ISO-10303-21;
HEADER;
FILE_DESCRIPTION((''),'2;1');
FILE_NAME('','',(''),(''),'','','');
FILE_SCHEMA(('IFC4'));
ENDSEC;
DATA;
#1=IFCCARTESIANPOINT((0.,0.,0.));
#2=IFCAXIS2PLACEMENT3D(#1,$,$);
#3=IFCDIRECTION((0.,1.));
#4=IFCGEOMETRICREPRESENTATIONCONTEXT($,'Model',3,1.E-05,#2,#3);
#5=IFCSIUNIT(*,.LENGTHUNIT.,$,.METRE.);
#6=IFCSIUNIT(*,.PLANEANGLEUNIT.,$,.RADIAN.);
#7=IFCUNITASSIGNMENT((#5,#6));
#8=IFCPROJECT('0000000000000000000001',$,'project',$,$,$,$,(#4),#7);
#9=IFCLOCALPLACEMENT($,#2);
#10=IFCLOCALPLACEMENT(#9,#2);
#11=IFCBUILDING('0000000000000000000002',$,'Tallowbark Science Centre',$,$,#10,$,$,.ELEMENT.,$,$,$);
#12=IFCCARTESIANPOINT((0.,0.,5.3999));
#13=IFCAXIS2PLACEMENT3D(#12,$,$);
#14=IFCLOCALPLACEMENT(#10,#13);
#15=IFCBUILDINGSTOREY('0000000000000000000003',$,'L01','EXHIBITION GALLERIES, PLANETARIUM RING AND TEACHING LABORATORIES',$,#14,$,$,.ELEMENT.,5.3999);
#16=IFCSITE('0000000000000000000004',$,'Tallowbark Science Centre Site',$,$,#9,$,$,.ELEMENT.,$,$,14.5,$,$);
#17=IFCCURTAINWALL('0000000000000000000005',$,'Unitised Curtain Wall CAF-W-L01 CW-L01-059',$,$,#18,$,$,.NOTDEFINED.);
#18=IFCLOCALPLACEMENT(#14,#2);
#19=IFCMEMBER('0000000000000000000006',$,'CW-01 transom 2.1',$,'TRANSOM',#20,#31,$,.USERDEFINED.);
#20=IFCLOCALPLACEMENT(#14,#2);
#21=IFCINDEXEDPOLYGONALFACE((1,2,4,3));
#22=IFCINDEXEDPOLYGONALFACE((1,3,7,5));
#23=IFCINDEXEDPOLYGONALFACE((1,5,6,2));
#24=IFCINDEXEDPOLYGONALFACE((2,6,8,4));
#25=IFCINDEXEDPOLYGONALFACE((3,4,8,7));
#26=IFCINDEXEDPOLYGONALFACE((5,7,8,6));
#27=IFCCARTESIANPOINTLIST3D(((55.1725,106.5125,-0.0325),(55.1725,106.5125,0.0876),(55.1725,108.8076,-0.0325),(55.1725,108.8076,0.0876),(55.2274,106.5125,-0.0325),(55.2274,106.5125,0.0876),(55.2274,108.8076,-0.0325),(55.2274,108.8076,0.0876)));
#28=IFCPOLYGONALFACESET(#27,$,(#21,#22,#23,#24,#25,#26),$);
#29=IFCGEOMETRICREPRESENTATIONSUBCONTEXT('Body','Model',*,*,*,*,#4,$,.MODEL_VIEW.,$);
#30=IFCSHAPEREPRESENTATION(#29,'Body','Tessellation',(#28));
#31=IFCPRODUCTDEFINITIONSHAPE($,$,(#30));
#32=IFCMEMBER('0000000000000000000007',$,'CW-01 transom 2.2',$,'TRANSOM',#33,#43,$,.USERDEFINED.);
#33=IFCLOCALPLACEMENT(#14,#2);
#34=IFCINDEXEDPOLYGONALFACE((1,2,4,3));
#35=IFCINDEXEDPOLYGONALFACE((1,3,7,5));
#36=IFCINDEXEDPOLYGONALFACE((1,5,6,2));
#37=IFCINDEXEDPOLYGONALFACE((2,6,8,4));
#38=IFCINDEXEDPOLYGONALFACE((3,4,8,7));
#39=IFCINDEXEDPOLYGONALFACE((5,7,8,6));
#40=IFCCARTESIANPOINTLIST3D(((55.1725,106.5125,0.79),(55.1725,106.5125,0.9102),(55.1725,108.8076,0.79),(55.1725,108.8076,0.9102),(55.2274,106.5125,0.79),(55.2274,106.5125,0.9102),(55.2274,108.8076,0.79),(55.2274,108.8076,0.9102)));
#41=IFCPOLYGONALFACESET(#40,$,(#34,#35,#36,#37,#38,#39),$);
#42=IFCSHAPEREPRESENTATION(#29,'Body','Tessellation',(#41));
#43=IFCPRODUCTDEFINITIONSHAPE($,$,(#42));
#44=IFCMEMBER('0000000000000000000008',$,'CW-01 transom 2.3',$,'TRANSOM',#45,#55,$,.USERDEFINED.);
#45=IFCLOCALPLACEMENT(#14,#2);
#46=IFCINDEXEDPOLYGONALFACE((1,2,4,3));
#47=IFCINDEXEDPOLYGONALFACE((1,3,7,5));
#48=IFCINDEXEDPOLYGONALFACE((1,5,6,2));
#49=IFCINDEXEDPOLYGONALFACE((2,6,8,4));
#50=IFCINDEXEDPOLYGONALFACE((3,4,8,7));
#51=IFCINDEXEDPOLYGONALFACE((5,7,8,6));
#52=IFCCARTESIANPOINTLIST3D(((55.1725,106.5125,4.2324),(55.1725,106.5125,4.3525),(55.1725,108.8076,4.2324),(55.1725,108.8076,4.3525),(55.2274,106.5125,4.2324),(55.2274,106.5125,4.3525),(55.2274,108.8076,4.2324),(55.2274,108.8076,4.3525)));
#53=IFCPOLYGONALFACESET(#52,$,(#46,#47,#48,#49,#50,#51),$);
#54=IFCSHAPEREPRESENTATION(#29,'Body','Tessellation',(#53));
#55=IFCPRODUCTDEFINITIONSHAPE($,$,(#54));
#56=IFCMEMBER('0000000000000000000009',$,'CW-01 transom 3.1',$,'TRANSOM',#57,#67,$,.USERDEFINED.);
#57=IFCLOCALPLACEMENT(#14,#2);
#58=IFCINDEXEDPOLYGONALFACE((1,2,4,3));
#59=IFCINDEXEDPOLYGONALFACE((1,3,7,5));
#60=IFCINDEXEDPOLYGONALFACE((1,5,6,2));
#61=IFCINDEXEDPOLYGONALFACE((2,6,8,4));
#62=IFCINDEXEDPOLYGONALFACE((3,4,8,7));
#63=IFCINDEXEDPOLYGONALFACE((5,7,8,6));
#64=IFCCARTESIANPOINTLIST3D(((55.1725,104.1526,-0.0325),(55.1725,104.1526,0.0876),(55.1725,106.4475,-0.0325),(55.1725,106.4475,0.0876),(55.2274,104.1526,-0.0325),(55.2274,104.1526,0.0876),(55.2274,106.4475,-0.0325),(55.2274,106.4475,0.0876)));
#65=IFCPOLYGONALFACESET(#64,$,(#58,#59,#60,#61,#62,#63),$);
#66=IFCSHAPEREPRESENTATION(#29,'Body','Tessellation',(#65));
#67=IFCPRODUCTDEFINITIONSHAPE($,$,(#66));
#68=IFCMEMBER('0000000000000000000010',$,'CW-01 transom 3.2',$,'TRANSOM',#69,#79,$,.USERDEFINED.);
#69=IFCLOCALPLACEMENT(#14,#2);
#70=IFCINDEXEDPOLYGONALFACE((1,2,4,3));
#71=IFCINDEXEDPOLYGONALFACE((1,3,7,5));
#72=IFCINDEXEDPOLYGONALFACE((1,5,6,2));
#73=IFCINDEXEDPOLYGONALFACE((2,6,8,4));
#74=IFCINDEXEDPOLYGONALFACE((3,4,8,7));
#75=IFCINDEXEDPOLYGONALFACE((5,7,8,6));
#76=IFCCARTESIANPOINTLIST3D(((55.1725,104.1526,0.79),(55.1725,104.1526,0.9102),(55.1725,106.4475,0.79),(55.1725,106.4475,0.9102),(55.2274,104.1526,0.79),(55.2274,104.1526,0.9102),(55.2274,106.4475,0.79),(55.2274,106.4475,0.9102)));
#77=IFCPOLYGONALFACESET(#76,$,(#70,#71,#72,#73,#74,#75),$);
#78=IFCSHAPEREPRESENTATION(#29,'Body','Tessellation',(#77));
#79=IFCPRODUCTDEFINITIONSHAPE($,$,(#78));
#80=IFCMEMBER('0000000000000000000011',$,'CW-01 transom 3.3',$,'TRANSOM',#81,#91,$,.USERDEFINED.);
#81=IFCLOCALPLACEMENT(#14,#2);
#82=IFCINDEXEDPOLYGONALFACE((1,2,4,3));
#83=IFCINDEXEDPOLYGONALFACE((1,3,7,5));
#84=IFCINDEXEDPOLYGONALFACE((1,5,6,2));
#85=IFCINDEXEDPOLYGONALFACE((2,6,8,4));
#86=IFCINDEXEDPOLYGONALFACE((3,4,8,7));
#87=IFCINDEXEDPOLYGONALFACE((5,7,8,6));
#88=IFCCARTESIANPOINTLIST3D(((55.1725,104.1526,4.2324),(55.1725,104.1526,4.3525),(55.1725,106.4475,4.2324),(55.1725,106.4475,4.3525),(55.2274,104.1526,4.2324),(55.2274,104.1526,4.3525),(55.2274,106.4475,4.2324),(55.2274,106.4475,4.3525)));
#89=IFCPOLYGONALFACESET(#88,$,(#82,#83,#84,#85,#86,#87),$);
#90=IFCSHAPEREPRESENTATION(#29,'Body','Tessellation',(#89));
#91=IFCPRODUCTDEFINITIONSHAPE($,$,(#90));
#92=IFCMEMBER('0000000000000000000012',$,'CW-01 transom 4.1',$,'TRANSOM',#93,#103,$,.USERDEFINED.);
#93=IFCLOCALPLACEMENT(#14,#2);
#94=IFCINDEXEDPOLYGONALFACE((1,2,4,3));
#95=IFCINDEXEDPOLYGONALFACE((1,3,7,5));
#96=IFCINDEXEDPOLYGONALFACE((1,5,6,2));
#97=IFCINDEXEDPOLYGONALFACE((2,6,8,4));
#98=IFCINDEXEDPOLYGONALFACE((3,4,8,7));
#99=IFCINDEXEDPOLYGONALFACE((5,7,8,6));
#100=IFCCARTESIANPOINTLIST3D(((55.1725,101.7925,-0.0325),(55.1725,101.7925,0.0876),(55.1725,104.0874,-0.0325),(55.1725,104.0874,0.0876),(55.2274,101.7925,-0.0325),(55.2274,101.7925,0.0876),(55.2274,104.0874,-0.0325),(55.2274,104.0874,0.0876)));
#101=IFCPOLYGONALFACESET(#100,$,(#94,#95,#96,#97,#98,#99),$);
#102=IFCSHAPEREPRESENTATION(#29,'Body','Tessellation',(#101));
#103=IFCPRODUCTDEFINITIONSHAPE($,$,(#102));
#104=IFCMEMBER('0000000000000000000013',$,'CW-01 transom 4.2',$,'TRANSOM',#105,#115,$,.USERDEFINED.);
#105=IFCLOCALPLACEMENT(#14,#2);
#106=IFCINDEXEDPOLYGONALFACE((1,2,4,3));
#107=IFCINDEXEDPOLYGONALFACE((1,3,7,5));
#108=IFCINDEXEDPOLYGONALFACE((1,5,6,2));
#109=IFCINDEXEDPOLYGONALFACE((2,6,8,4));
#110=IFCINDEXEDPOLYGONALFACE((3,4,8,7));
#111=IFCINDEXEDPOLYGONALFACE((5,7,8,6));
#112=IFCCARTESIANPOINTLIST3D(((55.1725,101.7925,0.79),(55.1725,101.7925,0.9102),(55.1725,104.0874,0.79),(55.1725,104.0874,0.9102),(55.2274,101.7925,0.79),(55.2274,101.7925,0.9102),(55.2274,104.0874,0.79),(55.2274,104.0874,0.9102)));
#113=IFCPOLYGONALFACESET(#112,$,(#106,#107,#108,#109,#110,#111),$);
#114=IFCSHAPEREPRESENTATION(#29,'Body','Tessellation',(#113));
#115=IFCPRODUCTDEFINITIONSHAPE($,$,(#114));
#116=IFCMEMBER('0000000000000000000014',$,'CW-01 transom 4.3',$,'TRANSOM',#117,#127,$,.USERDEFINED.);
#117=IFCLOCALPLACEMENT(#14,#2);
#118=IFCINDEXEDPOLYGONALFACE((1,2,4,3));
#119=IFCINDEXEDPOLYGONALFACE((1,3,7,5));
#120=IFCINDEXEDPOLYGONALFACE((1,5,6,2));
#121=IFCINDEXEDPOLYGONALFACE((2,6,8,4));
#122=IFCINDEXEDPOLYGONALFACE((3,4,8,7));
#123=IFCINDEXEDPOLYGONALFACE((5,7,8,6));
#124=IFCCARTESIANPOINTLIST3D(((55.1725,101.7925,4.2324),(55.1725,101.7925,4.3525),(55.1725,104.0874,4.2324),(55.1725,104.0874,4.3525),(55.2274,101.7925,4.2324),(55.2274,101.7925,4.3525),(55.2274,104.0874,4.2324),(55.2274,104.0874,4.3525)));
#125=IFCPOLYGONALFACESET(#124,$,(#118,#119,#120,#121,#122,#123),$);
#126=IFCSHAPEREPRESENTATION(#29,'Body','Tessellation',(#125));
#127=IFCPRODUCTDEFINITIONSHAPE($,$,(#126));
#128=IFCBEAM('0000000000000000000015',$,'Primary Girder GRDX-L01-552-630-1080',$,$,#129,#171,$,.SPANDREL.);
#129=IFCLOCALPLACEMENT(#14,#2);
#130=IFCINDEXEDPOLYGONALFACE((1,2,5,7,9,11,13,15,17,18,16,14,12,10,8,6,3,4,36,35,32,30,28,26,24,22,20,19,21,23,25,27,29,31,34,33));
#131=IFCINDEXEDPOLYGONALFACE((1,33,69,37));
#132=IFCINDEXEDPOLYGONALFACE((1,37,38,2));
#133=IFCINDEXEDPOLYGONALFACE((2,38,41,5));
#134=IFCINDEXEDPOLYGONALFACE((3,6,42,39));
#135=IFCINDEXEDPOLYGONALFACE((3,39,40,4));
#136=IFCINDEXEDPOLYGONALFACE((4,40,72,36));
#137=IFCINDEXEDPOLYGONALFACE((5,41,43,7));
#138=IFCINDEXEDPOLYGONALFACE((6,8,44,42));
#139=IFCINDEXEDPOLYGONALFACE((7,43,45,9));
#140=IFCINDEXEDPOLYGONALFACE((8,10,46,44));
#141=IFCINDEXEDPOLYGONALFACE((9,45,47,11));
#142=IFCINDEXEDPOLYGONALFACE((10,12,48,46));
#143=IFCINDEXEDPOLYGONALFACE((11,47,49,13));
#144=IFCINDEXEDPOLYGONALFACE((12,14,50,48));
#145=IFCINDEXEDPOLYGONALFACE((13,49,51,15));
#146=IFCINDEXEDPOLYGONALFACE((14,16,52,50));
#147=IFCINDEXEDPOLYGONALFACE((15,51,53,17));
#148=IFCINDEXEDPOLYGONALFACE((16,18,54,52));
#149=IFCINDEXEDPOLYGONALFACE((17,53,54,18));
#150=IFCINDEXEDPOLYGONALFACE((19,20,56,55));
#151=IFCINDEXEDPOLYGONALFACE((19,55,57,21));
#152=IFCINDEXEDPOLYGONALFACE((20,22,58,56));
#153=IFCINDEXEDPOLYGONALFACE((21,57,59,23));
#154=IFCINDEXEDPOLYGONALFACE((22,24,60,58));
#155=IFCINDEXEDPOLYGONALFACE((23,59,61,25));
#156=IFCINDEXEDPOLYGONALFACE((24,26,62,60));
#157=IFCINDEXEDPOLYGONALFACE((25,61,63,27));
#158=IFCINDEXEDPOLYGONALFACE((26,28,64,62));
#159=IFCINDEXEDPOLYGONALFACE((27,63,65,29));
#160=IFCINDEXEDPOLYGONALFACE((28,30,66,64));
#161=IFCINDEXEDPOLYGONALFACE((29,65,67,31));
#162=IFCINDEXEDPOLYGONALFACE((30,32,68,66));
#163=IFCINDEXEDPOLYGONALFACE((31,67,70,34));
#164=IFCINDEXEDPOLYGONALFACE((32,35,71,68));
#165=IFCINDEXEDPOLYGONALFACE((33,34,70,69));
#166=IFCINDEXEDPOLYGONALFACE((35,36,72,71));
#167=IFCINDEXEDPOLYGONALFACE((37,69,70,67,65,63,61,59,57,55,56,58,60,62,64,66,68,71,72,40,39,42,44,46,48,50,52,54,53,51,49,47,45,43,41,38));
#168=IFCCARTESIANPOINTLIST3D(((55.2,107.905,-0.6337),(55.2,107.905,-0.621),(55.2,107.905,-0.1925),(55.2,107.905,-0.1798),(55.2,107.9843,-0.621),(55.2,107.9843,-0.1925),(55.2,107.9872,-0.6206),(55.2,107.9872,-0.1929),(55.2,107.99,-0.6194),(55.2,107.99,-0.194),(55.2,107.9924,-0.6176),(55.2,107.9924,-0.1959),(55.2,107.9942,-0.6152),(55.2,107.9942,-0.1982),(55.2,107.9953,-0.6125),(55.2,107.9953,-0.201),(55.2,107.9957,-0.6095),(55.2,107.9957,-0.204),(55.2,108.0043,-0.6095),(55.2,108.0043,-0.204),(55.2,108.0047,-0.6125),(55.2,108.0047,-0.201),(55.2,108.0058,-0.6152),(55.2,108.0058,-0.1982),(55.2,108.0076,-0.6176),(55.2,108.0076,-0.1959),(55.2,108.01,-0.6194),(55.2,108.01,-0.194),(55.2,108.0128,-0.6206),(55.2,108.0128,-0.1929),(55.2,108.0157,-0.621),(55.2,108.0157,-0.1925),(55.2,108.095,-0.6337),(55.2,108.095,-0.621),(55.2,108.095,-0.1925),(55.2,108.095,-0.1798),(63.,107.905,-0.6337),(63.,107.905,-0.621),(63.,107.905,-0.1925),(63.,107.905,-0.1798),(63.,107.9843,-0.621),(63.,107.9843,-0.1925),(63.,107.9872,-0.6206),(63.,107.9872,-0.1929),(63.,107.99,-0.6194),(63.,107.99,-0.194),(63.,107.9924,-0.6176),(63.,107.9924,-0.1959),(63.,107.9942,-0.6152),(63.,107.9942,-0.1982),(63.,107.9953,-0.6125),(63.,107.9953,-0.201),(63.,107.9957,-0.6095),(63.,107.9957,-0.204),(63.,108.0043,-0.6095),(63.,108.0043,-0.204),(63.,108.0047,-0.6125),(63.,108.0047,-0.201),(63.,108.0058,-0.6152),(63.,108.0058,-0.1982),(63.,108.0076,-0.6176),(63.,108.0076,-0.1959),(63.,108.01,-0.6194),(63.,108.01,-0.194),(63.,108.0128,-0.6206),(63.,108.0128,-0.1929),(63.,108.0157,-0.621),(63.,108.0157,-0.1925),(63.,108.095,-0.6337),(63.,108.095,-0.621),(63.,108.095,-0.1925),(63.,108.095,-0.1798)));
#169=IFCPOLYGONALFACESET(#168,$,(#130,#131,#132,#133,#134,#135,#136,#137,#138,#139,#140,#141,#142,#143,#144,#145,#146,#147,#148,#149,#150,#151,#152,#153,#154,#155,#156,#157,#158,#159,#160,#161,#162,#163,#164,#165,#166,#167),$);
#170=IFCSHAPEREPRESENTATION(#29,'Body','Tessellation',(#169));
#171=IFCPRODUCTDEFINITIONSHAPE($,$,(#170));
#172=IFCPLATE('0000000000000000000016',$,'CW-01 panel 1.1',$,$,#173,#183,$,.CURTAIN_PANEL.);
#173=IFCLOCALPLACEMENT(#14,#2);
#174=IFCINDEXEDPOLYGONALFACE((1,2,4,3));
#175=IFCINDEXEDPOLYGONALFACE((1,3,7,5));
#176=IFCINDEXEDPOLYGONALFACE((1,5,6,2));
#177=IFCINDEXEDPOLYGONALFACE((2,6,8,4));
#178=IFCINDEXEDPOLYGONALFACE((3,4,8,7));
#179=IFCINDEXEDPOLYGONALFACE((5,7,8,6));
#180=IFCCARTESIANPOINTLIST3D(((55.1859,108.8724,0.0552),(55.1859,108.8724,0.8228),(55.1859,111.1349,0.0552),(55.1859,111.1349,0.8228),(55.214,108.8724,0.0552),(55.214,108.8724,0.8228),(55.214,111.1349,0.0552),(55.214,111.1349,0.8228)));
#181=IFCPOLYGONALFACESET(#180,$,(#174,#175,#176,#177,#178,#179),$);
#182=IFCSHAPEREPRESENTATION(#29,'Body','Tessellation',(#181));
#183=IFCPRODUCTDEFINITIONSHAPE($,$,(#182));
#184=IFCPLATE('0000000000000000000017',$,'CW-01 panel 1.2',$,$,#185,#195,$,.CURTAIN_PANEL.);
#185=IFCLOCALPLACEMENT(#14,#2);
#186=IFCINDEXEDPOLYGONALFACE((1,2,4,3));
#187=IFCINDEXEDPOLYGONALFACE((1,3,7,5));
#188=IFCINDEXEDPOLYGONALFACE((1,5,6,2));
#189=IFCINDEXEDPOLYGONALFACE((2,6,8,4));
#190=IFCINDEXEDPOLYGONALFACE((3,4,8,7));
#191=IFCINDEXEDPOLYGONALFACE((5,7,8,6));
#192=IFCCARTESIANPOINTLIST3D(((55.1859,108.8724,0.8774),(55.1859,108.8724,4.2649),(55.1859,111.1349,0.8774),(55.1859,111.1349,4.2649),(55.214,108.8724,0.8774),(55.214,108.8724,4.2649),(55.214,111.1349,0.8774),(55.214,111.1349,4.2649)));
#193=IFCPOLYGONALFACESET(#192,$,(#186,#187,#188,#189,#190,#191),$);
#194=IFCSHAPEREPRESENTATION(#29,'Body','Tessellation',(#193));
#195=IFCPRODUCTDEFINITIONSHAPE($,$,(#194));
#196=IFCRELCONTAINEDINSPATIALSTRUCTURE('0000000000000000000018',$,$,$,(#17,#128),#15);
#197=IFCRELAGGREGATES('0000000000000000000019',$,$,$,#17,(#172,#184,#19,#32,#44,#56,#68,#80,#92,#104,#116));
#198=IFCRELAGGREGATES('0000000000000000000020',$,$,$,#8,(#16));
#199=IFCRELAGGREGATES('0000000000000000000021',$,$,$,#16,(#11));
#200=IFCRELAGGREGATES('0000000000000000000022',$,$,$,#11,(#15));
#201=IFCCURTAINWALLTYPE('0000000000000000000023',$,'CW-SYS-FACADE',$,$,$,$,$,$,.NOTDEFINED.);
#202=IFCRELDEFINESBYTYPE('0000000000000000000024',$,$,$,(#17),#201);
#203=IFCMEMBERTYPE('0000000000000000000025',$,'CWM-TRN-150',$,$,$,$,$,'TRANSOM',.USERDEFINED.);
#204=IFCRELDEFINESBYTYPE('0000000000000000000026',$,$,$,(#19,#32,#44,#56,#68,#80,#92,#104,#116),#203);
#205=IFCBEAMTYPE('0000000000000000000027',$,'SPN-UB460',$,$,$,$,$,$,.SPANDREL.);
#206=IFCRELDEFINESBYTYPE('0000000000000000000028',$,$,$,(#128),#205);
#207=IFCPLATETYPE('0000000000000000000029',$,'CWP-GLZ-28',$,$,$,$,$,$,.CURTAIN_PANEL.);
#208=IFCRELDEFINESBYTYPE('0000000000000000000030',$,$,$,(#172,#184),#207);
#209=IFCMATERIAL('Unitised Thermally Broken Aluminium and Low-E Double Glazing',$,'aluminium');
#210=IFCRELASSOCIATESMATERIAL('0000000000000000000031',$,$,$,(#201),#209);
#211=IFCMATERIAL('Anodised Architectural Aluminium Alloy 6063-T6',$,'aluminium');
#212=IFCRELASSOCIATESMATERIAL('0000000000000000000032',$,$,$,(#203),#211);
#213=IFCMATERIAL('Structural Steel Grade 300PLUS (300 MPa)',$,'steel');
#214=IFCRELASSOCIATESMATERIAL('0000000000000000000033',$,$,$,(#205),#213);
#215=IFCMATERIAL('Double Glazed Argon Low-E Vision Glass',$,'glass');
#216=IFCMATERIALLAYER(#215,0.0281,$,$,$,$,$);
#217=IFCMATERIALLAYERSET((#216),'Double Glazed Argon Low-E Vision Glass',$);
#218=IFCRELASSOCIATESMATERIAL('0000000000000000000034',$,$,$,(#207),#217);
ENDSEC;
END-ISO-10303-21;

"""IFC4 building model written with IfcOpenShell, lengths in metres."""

from ifc_helpers import new_model, si_unit, direction, frame, origin, origin_2d, place, context, subcontext, project, spatial, rectangle, i_section, extrude, material, layer, layer_set, material_profile, profile_set, type_object, element, aggregate, save


model = new_model("IFC4")

# Units and contexts
model_context = context("Model", 3, precision=1e-05, world=origin(), true_north=direction((0.0, 1.0)))
body_context = subcontext(model_context, "Body", "Model", "MODEL_VIEW")
ifc_project = project(units=[si_unit("LENGTHUNIT", "METRE"), si_unit("PLANEANGLEUNIT", "RADIAN")], contexts=[model_context])

# Site, building, storey
site_placement = place(None, origin())
site = spatial("IfcSite", under=ifc_project, at=site_placement, Name="Tallowbark Science Centre Site", CompositionType="ELEMENT", RefElevation=14.5)
building_placement = place(site_placement, origin())
building = spatial("IfcBuilding", under=site, at=building_placement, Name="Tallowbark Science Centre", CompositionType="ELEMENT")
storey_placement = place(building_placement, frame((0.0, 0.0, 5.3999)))
storey = spatial("IfcBuildingStorey", under=building, at=storey_placement, Name="L01", Description="EXHIBITION GALLERIES, PLANETARIUM RING AND TEACHING LABORATORIES", CompositionType="ELEMENT", Elevation=5.3999)

# Shared definitions
ifc_material_1 = material(Name="Structural Steel Grade 300PLUS (300 MPa)", Category="steel")

# Curtain wall, members
ifc_material_2 = material(Name="Unitised Thermally Broken Aluminium and Low-E Double Glazing", Category="aluminium")
curtain_wall_type = type_object("IfcCurtainWallType", Name="CW-SYS-FACADE", PredefinedType="NOTDEFINED", material=ifc_material_2)
curtain_wall_placement = place(storey_placement, origin())
curtain_wall = element("IfcCurtainWall", 1, at=curtain_wall_placement, inside=storey, type_object=curtain_wall_type, Name="Unitised Curtain Wall CAF-W-L01 CW-L01-059", PredefinedType="NOTDEFINED")
ifc_material_3 = material(Name="Anodised Architectural Aluminium Alloy 6063-T6", Category="aluminium")
ifc_material_profile_1 = material_profile(ifc_material_3, rectangle(XDim=0.0549, YDim=0.1201, at=origin_2d()), Name="ALU55x120")
ifc_profile_set_1 = profile_set([ifc_material_profile_1], Name="Anodised Architectural Aluminium Alloy 6063-T6")
member_type_1 = type_object("IfcMemberType", Name="CWM-TRN-150", ElementType="TRANSOM", PredefinedType="USERDEFINED", material=ifc_profile_set_1)
member_1_placement = place(storey_placement, frame((55.2, 108.8076, 0.0276), z_axis=(0.0, -1.0, 0.0), x_axis=(1.0, 0.0, 0.0)))
member_1 = element("IfcMember", 2, at=member_1_placement, type_object=member_type_1, Name="CW-01 transom 2.1", ObjectType="TRANSOM", PredefinedType="USERDEFINED", context=body_context, shape_type="SweptSolid", body=[
    extrude(rectangle(XDim=0.0549, YDim=0.1201, at=origin_2d()), origin(), (0.0, 0.0, 1.0), 2.2952),
])
member_2_placement = place(storey_placement, frame((55.2, 108.8076, 0.8501), z_axis=(0.0, -1.0, 0.0), x_axis=(1.0, 0.0, 0.0)))
member_2 = element("IfcMember", 3, at=member_2_placement, type_object=member_type_1, Name="CW-01 transom 2.2", ObjectType="TRANSOM", PredefinedType="USERDEFINED", context=body_context, shape_type="SweptSolid", body=[
    extrude(rectangle(XDim=0.0549, YDim=0.1201, at=origin_2d()), origin(), (0.0, 0.0, 1.0), 2.2952),
])
member_3_placement = place(storey_placement, frame((55.2, 108.8076, 4.2925), z_axis=(0.0, -1.0, 0.0), x_axis=(1.0, 0.0, 0.0)))
member_3 = element("IfcMember", 4, at=member_3_placement, type_object=member_type_1, Name="CW-01 transom 2.3", ObjectType="TRANSOM", PredefinedType="USERDEFINED", context=body_context, shape_type="SweptSolid", body=[
    extrude(rectangle(XDim=0.0549, YDim=0.1201, at=origin_2d()), origin(), (0.0, 0.0, 1.0), 2.2952),
])
member_4_placement = place(storey_placement, frame((55.2, 106.4475, 0.0276), z_axis=(0.0, -1.0, 0.0), x_axis=(1.0, 0.0, 0.0)))
member_4 = element("IfcMember", 5, at=member_4_placement, type_object=member_type_1, Name="CW-01 transom 3.1", ObjectType="TRANSOM", PredefinedType="USERDEFINED", context=body_context, shape_type="SweptSolid", body=[
    extrude(rectangle(XDim=0.0549, YDim=0.1201, at=origin_2d()), origin(), (0.0, 0.0, 1.0), 2.2949),
])
member_5_placement = place(storey_placement, frame((55.2, 106.4475, 0.8501), z_axis=(0.0, -1.0, 0.0), x_axis=(1.0, 0.0, 0.0)))
member_5 = element("IfcMember", 6, at=member_5_placement, type_object=member_type_1, Name="CW-01 transom 3.2", ObjectType="TRANSOM", PredefinedType="USERDEFINED", context=body_context, shape_type="SweptSolid", body=[
    extrude(rectangle(XDim=0.0549, YDim=0.1201, at=origin_2d()), origin(), (0.0, 0.0, 1.0), 2.2949),
])
member_6_placement = place(storey_placement, frame((55.2, 106.4475, 4.2925), z_axis=(0.0, -1.0, 0.0), x_axis=(1.0, 0.0, 0.0)))
member_6 = element("IfcMember", 7, at=member_6_placement, type_object=member_type_1, Name="CW-01 transom 3.3", ObjectType="TRANSOM", PredefinedType="USERDEFINED", context=body_context, shape_type="SweptSolid", body=[
    extrude(rectangle(XDim=0.0549, YDim=0.1201, at=origin_2d()), origin(), (0.0, 0.0, 1.0), 2.2949),
])
member_7_placement = place(storey_placement, frame((55.2, 104.0874, 0.0276), z_axis=(0.0, -1.0, 0.0), x_axis=(1.0, 0.0, 0.0)))
member_7 = element("IfcMember", 8, at=member_7_placement, type_object=member_type_1, Name="CW-01 transom 4.1", ObjectType="TRANSOM", PredefinedType="USERDEFINED", context=body_context, shape_type="SweptSolid", body=[
    extrude(rectangle(XDim=0.0549, YDim=0.1201, at=origin_2d()), origin(), (0.0, 0.0, 1.0), 2.2949),
])
member_8_placement = place(storey_placement, frame((55.2, 104.0874, 0.8501), z_axis=(0.0, -1.0, 0.0), x_axis=(1.0, 0.0, 0.0)))
member_8 = element("IfcMember", 9, at=member_8_placement, type_object=member_type_1, Name="CW-01 transom 4.2", ObjectType="TRANSOM", PredefinedType="USERDEFINED", context=body_context, shape_type="SweptSolid", body=[
    extrude(rectangle(XDim=0.0549, YDim=0.1201, at=origin_2d()), origin(), (0.0, 0.0, 1.0), 2.2949),
])
member_9_placement = place(storey_placement, frame((55.2, 104.0874, 4.2925), z_axis=(0.0, -1.0, 0.0), x_axis=(1.0, 0.0, 0.0)))
member_9 = element("IfcMember", 10, at=member_9_placement, type_object=member_type_1, Name="CW-01 transom 4.3", ObjectType="TRANSOM", PredefinedType="USERDEFINED", context=body_context, shape_type="SweptSolid", body=[
    extrude(rectangle(XDim=0.0549, YDim=0.1201, at=origin_2d()), origin(), (0.0, 0.0, 1.0), 2.2949),
])

# Beam
ifc_material_profile_2 = material_profile(ifc_material_1, i_section(OverallWidth=0.1899, OverallDepth=0.4539, WebThickness=0.0085, FlangeThickness=0.0127, FilletRadius=0.0115, at=origin_2d()), Name="460UB67.1")
ifc_profile_set_2 = profile_set([ifc_material_profile_2], Name="Structural Steel Grade 300PLUS (300 MPa)")
beam_type_1 = type_object("IfcBeamType", Name="SPN-UB460", PredefinedType="SPANDREL", material=ifc_profile_set_2)
beam_1_placement = place(storey_placement, frame((55.2, 108.0, -0.4067), z_axis=(1.0, 0.0, 0.0), x_axis=(0.0, 1.0, 0.0)))
element("IfcBeam", 11, at=beam_1_placement, inside=storey, type_object=beam_type_1, Name="Primary Girder GRDX-L01-552-630-1080", PredefinedType="SPANDREL", context=body_context, shape_type="SweptSolid", body=[
    extrude(i_section(OverallWidth=0.1899, OverallDepth=0.4539, WebThickness=0.0085, FlangeThickness=0.0127, FilletRadius=0.0115, at=origin_2d()), origin(), (0.0, 0.0, 1.0), 7.8),
])

# Plates
ifc_material_4 = material(Name="Double Glazed Argon Low-E Vision Glass", Category="glass")
ifc_layer = layer(ifc_material_4, 0.0281)
ifc_layer_set = layer_set([ifc_layer], Name="Double Glazed Argon Low-E Vision Glass")
plate_type = type_object("IfcPlateType", Name="CWP-GLZ-28", PredefinedType="CURTAIN_PANEL", material=ifc_layer_set)
plate_1_placement = place(storey_placement, frame((55.2, 110.0037, 0.0552), z_axis=(0.0, 0.0, 1.0), x_axis=(0.0, -1.0, 0.0)))
plate_1 = element("IfcPlate", 12, at=plate_1_placement, type_object=plate_type, Name="CW-01 panel 1.1", PredefinedType="CURTAIN_PANEL", context=body_context, shape_type="SweptSolid", body=[
    extrude(rectangle(XDim=2.2625, YDim=0.0281, at=origin_2d()), origin(), (0.0, 0.0, 1.0), 0.7676),
])
plate_2_placement = place(storey_placement, frame((55.2, 110.0037, 0.8774), z_axis=(0.0, 0.0, 1.0), x_axis=(0.0, -1.0, 0.0)))
plate_2 = element("IfcPlate", 13, at=plate_2_placement, type_object=plate_type, Name="CW-01 panel 1.2", PredefinedType="CURTAIN_PANEL", context=body_context, shape_type="SweptSolid", body=[
    extrude(rectangle(XDim=2.2625, YDim=0.0281, at=origin_2d()), origin(), (0.0, 0.0, 1.0), 3.3875),
])
aggregate(curtain_wall, [plate_1, plate_2, member_1, member_2, member_3, member_4, member_5, member_6, member_7, member_8, member_9])

save(model, "model.ifc")
